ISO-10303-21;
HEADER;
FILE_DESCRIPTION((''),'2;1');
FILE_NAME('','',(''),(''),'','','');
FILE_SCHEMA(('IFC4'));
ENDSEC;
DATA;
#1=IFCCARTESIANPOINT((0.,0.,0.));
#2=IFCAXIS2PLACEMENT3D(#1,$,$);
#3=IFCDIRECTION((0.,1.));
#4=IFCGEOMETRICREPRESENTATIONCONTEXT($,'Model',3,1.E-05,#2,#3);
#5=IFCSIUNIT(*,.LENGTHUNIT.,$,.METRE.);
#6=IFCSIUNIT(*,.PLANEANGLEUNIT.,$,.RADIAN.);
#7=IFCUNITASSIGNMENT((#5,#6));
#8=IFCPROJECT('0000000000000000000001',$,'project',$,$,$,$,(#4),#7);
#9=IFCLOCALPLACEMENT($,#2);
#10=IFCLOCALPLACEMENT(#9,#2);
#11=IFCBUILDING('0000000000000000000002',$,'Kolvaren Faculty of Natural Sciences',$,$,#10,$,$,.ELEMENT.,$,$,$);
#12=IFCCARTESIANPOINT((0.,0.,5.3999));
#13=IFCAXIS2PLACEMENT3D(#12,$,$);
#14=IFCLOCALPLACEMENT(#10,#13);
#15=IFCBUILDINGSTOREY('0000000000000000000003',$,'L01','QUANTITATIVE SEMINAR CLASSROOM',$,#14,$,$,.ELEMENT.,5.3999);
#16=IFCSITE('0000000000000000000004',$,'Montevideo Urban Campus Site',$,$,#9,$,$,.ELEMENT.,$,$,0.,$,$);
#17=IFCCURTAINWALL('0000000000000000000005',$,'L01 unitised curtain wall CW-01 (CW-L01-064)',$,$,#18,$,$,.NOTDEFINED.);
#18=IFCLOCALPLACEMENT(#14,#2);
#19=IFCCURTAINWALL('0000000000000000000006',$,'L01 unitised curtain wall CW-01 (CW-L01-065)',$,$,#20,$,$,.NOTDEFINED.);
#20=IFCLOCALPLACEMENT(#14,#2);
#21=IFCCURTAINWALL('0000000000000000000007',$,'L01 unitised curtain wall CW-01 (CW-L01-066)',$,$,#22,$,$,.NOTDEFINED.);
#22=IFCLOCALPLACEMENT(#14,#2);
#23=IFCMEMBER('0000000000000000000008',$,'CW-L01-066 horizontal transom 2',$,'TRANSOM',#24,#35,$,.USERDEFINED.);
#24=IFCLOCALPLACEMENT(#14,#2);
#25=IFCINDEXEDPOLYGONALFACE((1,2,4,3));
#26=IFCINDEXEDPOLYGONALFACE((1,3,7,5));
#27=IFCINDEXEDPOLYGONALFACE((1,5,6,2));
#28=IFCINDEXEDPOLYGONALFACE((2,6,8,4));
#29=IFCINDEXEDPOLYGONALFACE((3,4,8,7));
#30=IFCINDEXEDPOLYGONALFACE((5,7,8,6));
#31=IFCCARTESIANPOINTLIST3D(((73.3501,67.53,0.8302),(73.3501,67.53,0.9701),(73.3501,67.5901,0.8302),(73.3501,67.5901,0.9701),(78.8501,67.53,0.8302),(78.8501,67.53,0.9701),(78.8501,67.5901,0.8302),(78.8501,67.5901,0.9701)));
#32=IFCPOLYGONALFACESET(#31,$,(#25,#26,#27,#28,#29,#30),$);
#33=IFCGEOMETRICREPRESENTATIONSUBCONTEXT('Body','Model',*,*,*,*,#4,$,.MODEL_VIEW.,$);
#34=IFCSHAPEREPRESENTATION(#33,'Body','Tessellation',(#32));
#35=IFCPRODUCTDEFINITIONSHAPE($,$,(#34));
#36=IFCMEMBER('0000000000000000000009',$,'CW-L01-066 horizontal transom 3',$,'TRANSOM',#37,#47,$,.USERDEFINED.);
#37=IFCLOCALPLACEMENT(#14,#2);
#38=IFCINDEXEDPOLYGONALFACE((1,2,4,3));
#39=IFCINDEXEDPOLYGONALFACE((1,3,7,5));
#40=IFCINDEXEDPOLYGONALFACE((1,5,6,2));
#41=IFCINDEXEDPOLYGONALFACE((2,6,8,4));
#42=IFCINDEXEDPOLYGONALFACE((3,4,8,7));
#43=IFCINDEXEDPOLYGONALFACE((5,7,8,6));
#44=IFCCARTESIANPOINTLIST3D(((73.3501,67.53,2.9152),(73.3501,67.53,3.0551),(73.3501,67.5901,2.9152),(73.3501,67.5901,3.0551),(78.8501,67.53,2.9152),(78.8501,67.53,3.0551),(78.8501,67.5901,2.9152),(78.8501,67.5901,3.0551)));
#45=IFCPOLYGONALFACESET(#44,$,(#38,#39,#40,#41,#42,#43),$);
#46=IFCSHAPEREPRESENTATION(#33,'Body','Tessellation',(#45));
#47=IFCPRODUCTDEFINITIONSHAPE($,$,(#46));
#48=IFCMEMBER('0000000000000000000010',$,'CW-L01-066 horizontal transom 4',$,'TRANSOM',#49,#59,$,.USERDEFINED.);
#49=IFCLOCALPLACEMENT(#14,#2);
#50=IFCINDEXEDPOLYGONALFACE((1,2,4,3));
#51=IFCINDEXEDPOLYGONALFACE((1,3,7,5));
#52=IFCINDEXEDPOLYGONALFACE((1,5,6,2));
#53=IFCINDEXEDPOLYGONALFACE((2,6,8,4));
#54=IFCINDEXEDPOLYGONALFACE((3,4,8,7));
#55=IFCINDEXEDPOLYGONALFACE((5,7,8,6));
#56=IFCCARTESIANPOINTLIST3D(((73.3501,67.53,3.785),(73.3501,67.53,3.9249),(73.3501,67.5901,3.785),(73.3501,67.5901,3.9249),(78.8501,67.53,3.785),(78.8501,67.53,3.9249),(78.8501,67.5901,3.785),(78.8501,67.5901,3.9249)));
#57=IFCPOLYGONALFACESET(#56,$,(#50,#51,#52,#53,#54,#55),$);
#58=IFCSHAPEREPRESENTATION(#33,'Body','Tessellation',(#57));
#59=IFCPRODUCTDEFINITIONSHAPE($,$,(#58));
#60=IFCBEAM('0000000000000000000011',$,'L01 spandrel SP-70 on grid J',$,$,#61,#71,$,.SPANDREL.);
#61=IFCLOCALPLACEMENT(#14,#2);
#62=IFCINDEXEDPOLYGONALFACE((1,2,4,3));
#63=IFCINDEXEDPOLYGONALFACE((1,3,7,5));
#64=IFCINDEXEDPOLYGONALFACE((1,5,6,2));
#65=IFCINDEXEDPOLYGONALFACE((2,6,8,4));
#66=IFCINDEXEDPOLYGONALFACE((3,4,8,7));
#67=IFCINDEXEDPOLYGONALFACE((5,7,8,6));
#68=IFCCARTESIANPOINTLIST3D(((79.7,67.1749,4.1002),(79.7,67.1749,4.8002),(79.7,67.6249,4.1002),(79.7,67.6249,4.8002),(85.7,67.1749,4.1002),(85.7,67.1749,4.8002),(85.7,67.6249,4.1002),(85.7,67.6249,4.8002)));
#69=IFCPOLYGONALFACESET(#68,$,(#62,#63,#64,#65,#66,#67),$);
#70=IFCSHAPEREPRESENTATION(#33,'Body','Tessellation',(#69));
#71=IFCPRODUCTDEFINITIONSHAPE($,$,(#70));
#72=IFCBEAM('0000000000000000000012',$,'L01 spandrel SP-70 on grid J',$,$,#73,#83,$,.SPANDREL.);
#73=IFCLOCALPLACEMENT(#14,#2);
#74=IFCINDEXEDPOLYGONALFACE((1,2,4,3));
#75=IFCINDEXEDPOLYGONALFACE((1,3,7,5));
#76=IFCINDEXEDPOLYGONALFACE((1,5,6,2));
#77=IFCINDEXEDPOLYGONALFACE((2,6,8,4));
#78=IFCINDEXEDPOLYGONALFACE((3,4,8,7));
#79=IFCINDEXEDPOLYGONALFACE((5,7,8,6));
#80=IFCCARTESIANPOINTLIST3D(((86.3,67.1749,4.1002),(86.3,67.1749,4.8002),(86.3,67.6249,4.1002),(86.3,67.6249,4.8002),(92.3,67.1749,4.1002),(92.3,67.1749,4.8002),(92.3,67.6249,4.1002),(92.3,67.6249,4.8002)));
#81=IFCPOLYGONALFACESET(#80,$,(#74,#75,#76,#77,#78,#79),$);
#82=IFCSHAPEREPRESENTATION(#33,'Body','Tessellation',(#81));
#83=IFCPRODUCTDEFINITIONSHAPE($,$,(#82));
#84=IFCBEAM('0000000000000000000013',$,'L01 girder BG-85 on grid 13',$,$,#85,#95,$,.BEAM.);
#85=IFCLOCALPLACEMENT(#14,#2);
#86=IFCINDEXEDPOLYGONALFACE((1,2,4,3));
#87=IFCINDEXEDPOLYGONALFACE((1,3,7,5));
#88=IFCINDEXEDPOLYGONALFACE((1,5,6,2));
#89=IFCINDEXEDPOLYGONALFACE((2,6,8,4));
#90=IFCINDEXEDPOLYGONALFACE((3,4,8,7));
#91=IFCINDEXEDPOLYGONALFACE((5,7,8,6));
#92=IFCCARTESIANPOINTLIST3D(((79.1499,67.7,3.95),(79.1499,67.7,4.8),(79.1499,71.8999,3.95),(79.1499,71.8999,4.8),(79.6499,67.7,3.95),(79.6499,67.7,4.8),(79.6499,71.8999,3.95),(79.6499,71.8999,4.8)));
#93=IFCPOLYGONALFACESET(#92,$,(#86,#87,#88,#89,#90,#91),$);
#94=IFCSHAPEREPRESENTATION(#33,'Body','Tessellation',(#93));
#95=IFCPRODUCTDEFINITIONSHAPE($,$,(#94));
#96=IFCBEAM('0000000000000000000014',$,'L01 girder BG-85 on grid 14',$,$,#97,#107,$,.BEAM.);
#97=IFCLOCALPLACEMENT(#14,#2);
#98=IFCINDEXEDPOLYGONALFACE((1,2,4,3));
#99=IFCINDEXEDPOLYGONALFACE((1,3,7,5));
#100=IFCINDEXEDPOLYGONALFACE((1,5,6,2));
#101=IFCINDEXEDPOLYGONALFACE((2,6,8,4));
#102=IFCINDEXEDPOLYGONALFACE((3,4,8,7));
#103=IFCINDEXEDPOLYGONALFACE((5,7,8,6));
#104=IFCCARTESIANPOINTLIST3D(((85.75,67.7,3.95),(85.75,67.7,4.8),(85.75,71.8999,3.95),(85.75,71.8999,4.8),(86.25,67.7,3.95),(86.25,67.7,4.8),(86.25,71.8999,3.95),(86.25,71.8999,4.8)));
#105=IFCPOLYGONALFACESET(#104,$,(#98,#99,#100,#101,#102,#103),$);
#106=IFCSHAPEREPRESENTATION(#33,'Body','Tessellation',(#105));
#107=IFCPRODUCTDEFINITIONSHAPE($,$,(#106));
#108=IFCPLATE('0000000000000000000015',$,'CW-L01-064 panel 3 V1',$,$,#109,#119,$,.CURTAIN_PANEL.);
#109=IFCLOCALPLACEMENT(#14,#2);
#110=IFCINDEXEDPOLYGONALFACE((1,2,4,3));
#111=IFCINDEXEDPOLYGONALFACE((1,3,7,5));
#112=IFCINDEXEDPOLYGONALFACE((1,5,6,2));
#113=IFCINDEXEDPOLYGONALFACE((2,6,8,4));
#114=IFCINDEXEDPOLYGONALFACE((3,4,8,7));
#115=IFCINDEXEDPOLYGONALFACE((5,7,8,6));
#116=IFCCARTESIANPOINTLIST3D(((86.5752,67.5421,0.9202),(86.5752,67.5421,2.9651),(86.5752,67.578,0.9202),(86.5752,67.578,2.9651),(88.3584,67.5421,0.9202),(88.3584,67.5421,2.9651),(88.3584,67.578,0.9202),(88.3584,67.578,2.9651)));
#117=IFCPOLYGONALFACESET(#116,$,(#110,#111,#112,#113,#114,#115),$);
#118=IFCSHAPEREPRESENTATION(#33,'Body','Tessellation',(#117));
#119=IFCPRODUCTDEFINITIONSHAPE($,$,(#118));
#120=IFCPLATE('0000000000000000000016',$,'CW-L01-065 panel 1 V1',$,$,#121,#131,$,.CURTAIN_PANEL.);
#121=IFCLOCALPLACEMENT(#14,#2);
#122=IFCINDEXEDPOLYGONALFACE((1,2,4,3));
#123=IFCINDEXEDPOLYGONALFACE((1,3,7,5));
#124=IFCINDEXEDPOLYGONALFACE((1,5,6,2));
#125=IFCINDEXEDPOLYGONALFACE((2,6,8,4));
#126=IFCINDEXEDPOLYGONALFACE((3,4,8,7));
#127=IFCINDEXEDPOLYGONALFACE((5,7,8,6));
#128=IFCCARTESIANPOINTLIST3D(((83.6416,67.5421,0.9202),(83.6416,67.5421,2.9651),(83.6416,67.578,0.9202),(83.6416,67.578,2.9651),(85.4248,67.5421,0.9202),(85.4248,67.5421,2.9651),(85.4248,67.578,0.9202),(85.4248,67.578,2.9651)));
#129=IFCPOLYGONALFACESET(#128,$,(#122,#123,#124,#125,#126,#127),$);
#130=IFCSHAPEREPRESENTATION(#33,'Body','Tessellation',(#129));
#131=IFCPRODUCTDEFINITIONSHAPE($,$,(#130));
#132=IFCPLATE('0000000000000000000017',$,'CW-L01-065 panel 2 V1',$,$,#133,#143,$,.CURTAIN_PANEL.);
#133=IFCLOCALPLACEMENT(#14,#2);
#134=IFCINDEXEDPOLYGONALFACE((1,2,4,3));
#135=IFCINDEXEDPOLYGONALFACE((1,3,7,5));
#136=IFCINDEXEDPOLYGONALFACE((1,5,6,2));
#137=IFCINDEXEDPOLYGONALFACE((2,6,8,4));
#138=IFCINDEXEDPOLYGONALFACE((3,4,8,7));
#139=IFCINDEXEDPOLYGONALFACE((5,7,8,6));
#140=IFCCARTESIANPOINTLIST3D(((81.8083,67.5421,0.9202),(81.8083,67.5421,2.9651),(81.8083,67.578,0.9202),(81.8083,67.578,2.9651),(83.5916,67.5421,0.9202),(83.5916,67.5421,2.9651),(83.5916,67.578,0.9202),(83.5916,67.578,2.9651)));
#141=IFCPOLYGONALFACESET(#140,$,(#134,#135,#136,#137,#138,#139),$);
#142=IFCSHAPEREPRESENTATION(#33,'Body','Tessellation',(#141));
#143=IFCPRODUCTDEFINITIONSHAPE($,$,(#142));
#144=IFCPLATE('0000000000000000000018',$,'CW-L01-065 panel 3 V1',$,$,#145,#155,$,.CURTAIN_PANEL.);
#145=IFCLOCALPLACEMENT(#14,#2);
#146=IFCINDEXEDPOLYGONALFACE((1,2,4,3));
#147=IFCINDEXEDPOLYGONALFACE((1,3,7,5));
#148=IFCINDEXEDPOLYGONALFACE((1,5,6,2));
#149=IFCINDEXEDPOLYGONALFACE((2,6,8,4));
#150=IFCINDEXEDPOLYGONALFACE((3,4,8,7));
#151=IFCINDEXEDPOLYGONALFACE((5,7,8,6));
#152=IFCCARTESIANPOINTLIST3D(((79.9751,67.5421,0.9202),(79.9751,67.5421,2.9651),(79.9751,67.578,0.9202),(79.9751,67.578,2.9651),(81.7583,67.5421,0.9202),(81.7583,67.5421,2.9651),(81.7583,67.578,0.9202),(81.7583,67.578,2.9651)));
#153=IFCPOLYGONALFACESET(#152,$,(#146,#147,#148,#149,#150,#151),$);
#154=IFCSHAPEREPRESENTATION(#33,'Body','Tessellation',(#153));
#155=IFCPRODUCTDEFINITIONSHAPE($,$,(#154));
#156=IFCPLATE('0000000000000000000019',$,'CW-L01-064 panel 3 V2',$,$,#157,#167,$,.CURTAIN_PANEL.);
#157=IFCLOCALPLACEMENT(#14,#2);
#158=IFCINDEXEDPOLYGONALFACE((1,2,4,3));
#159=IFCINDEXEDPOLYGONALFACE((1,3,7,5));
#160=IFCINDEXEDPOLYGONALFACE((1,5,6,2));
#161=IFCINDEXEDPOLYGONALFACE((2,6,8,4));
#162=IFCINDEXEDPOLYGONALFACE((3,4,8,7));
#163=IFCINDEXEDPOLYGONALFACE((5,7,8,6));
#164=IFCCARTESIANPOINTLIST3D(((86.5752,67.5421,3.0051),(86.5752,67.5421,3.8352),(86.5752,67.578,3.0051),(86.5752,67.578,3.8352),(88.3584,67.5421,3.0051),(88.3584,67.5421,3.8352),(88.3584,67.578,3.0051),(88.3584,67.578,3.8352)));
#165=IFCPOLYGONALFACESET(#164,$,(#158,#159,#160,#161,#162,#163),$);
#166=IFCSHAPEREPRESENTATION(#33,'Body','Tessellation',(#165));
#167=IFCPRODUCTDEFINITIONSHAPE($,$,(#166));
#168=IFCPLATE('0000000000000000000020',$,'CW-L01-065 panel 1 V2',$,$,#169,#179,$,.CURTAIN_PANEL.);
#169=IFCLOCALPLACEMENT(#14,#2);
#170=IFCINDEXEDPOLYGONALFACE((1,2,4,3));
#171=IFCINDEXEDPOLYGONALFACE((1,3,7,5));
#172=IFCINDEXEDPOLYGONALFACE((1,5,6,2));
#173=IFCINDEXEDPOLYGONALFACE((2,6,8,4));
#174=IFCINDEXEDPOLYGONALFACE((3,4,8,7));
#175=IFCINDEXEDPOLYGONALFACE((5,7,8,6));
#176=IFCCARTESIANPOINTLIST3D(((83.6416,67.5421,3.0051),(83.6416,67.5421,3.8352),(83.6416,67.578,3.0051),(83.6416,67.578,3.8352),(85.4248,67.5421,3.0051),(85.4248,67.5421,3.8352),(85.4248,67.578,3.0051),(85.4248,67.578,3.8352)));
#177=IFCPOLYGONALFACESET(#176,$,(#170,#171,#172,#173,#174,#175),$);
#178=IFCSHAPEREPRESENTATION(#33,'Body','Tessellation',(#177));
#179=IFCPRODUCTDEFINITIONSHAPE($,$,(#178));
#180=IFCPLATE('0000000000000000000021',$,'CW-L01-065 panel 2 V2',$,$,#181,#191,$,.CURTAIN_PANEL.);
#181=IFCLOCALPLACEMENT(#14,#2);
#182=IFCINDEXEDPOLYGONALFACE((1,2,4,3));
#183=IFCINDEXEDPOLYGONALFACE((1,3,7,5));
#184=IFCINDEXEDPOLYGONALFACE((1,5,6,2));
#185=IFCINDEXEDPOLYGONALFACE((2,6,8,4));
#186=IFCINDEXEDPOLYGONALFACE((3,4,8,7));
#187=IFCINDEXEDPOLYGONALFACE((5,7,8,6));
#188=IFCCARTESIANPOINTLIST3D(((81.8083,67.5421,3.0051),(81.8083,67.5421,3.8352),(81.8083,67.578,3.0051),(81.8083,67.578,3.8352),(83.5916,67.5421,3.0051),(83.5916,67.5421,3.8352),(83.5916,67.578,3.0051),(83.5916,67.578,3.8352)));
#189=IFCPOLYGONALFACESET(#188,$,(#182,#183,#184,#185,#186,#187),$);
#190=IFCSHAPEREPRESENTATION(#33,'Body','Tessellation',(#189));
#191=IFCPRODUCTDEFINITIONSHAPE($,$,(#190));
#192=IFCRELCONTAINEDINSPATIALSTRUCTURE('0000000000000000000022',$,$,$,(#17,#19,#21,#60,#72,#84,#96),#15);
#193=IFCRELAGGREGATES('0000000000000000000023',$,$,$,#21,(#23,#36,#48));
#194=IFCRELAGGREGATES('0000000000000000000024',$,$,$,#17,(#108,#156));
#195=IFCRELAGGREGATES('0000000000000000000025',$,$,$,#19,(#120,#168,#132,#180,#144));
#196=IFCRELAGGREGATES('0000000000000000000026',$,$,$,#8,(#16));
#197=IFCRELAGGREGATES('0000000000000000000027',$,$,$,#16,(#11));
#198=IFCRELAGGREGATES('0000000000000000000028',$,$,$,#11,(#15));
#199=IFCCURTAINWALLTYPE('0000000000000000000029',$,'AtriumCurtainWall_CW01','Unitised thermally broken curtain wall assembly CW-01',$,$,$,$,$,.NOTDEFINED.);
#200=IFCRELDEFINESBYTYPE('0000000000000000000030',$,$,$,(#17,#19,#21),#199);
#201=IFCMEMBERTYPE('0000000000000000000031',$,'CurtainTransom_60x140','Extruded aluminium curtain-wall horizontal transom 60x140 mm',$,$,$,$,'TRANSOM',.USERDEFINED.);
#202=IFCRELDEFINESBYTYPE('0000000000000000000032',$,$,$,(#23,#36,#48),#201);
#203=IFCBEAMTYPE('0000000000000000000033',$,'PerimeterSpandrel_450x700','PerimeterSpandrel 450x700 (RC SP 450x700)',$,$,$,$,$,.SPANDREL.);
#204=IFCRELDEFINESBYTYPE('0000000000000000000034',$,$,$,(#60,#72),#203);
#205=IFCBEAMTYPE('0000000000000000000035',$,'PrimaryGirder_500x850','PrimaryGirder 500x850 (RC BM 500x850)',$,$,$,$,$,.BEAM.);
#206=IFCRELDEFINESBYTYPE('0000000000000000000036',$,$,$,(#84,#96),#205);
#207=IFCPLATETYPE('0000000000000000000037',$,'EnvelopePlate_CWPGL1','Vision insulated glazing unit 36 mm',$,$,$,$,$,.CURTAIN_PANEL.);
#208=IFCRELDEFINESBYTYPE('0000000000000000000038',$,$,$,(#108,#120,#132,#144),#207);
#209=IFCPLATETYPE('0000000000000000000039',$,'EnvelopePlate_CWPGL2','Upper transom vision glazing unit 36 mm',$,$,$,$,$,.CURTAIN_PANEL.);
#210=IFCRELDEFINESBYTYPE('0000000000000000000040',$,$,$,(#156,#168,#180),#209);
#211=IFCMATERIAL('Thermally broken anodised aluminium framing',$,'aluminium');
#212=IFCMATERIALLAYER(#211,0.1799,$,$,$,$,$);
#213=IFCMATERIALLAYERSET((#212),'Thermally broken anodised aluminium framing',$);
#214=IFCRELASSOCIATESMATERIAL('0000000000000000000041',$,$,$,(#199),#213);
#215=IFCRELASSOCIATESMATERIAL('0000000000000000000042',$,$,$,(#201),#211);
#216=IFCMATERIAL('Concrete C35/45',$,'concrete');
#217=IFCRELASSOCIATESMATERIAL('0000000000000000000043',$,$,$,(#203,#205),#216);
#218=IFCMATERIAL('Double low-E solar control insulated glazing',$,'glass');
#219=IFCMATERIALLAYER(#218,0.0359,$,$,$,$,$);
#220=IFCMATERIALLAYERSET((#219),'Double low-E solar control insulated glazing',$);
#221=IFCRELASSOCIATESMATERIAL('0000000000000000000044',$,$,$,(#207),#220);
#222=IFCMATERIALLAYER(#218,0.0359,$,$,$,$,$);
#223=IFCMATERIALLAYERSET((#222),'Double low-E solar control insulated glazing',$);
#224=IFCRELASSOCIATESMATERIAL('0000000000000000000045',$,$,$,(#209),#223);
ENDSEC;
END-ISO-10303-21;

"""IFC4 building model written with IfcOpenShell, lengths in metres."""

from ifc_helpers import new_model, si_unit, direction, frame, origin, origin_2d, place, context, subcontext, project, spatial, rectangle, extrude, material, layer, layer_set, material_profile, profile_set, type_object, element, aggregate, save


model = new_model("IFC4")

# Units and contexts
model_context = context("Model", 3, precision=1e-05, world=origin(), true_north=direction((0.0, 1.0)))
body_context = subcontext(model_context, "Body", "Model", "MODEL_VIEW")
ifc_project = project(units=[si_unit("LENGTHUNIT", "METRE"), si_unit("PLANEANGLEUNIT", "RADIAN")], contexts=[model_context])

# Site, building, storey
site_placement = place(None, origin())
site = spatial("IfcSite", under=ifc_project, at=site_placement, Name="Montevideo Urban Campus Site", CompositionType="ELEMENT", RefElevation=0.0)
building_placement = place(site_placement, origin())
building = spatial("IfcBuilding", under=site, at=building_placement, Name="Kolvaren Faculty of Natural Sciences", CompositionType="ELEMENT")
storey_placement = place(building_placement, frame((0.0, 0.0, 5.3999)))
storey = spatial("IfcBuildingStorey", under=building, at=storey_placement, Name="L01", Description="QUANTITATIVE SEMINAR CLASSROOM", CompositionType="ELEMENT", Elevation=5.3999)

# Shared definitions
ifc_material_1 = material(Name="Concrete C35/45", Category="concrete")

# Curtain walls, members
ifc_material_2 = material(Name="Thermally broken anodised aluminium framing", Category="aluminium")
ifc_layer_1 = layer(ifc_material_2, 0.1799)
ifc_layer_set_1 = layer_set([ifc_layer_1], Name="Thermally broken anodised aluminium framing")
curtain_wall_type = type_object("IfcCurtainWallType", Name="AtriumCurtainWall_CW01", Description="Unitised thermally broken curtain wall assembly CW-01", PredefinedType="NOTDEFINED", material=ifc_layer_set_1)
curtain_wall_1_placement = place(storey_placement, origin())
curtain_wall_1 = element("IfcCurtainWall", 1, at=curtain_wall_1_placement, inside=storey, type_object=curtain_wall_type, Name="L01 unitised curtain wall CW-01 (CW-L01-064)", PredefinedType="NOTDEFINED")
curtain_wall_2_placement = place(storey_placement, origin())
curtain_wall_2 = element("IfcCurtainWall", 2, at=curtain_wall_2_placement, inside=storey, type_object=curtain_wall_type, Name="L01 unitised curtain wall CW-01 (CW-L01-065)", PredefinedType="NOTDEFINED")
ifc_material_profile_1 = material_profile(ifc_material_2, rectangle(XDim=0.0601, YDim=0.1399, at=origin_2d()), Name="ALU TRN 60x140")
ifc_profile_set_1 = profile_set([ifc_material_profile_1], Name="Thermally broken anodised aluminium framing")
member_type_1 = type_object("IfcMemberType", Name="CurtainTransom_60x140", Description="Extruded aluminium curtain-wall horizontal transom 60x140 mm", ElementType="TRANSOM", PredefinedType="USERDEFINED", material=ifc_profile_set_1)
curtain_wall_3_placement = place(storey_placement, origin())
curtain_wall_3 = element("IfcCurtainWall", 3, at=curtain_wall_3_placement, inside=storey, type_object=curtain_wall_type, Name="L01 unitised curtain wall CW-01 (CW-L01-066)", PredefinedType="NOTDEFINED")
member_1_placement = place(storey_placement, frame((78.8501, 67.5601, 0.9001), z_axis=(-1.0, 0.0, 0.0), x_axis=(0.0, -1.0, 0.0)))
member_1 = element("IfcMember", 4, at=member_1_placement, type_object=member_type_1, Name="CW-L01-066 horizontal transom 2", ObjectType="TRANSOM", PredefinedType="USERDEFINED", context=body_context, shape_type="SweptSolid", body=[
    extrude(rectangle(XDim=0.0601, YDim=0.1399, at=origin_2d()), origin(), (0.0, 0.0, 1.0), 5.5),
])
member_2_placement = place(storey_placement, frame((78.8501, 67.5601, 2.9851), z_axis=(-1.0, 0.0, 0.0), x_axis=(0.0, -1.0, 0.0)))
member_2 = element("IfcMember", 5, at=member_2_placement, type_object=member_type_1, Name="CW-L01-066 horizontal transom 3", ObjectType="TRANSOM", PredefinedType="USERDEFINED", context=body_context, shape_type="SweptSolid", body=[
    extrude(rectangle(XDim=0.0601, YDim=0.1399, at=origin_2d()), origin(), (0.0, 0.0, 1.0), 5.5),
])
member_3_placement = place(storey_placement, frame((78.8501, 67.5601, 3.855), z_axis=(-1.0, 0.0, 0.0), x_axis=(0.0, -1.0, 0.0)))
member_3 = element("IfcMember", 6, at=member_3_placement, type_object=member_type_1, Name="CW-L01-066 horizontal transom 4", ObjectType="TRANSOM", PredefinedType="USERDEFINED", context=body_context, shape_type="SweptSolid", body=[
    extrude(rectangle(XDim=0.0601, YDim=0.1399, at=origin_2d()), origin(), (0.0, 0.0, 1.0), 5.5),
])
aggregate(curtain_wall_3, [member_1, member_2, member_3])

# Beams
ifc_material_profile_2 = material_profile(ifc_material_1, rectangle(XDim=0.45, YDim=0.7, at=origin_2d()), Name="RC SP 450x700")
ifc_profile_set_2 = profile_set([ifc_material_profile_2], Name="Concrete C35/45")
beam_type_1 = type_object("IfcBeamType", Name="PerimeterSpandrel_450x700", Description="PerimeterSpandrel 450x700 (RC SP 450x700)", PredefinedType="SPANDREL", material=ifc_profile_set_2)
for number, where, z_axis, x_axis, name in (
    (7, (79.7, 67.3999, 4.4502), (1.0, 0.0, 0.0), (0.0, 1.0, 0.0), "L01 spandrel SP-70 on grid J"),
    (8, (86.3, 67.3999, 4.4502), (1.0, 0.0, 0.0), (0.0, 1.0, 0.0), "L01 spandrel SP-70 on grid J"),
):
    element("IfcBeam", number, at=place(storey_placement, frame(where, z_axis=z_axis, x_axis=x_axis)), inside=storey, type_object=beam_type_1, Name=name, PredefinedType="SPANDREL", context=body_context, shape_type="SweptSolid", body=[
        extrude(rectangle(XDim=0.45, YDim=0.7, at=origin_2d()), origin(), (0.0, 0.0, 1.0), 6.0),
    ])
ifc_material_profile_3 = material_profile(ifc_material_1, rectangle(XDim=0.5, YDim=0.8501, at=origin_2d()), Name="RC BM 500x850")
ifc_profile_set_3 = profile_set([ifc_material_profile_3], Name="Concrete C35/45")
beam_type_2 = type_object("IfcBeamType", Name="PrimaryGirder_500x850", Description="PrimaryGirder 500x850 (RC BM 500x850)", PredefinedType="BEAM", material=ifc_profile_set_3)
for number, where, z_axis, x_axis, name in (
    (9, (79.3999, 67.7, 4.375), (0.0, 1.0, 0.0), (-1.0, 0.0, 0.0), "L01 girder BG-85 on grid 13"),
    (10, (86.0, 67.7, 4.375), (0.0, 1.0, 0.0), (-1.0, 0.0, 0.0), "L01 girder BG-85 on grid 14"),
):
    element("IfcBeam", number, at=place(storey_placement, frame(where, z_axis=z_axis, x_axis=x_axis)), inside=storey, type_object=beam_type_2, Name=name, PredefinedType="BEAM", context=body_context, shape_type="SweptSolid", body=[
        extrude(rectangle(XDim=0.5, YDim=0.8501, at=origin_2d()), origin(), (0.0, 0.0, 1.0), 4.2),
    ])

# Plates
ifc_material_3 = material(Name="Double low-E solar control insulated glazing", Category="glass")
ifc_layer_2 = layer(ifc_material_3, 0.0359)
ifc_layer_set_2 = layer_set([ifc_layer_2], Name="Double low-E solar control insulated glazing")
plate_type_1 = type_object("IfcPlateType", Name="EnvelopePlate_CWPGL1", Description="Vision insulated glazing unit 36 mm", PredefinedType="CURTAIN_PANEL", material=ifc_layer_set_2)
plate_1_placement = place(storey_placement, frame((87.4668, 67.5601, 0.9202), z_axis=(0.0, 0.0, 1.0), x_axis=(-1.0, 0.0, 0.0)))
plate_1 = element("IfcPlate", 11, at=plate_1_placement, type_object=plate_type_1, Name="CW-L01-064 panel 3 V1", PredefinedType="CURTAIN_PANEL", context=body_context, shape_type="SweptSolid", body=[
    extrude(rectangle(XDim=1.7832, YDim=0.0359, at=origin_2d()), origin(), (0.0, 0.0, 1.0), 2.0449),
])
plate_2_placement = place(storey_placement, frame((84.5332, 67.5601, 0.9202), z_axis=(0.0, 0.0, 1.0), x_axis=(-1.0, 0.0, 0.0)))
plate_2 = element("IfcPlate", 12, at=plate_2_placement, type_object=plate_type_1, Name="CW-L01-065 panel 1 V1", PredefinedType="CURTAIN_PANEL", context=body_context, shape_type="SweptSolid", body=[
    extrude(rectangle(XDim=1.7832, YDim=0.0359, at=origin_2d()), origin(), (0.0, 0.0, 1.0), 2.0449),
])
plate_3_placement = place(storey_placement, frame((82.7, 67.5601, 0.9202), z_axis=(0.0, 0.0, 1.0), x_axis=(-1.0, 0.0, 0.0)))
plate_3 = element("IfcPlate", 13, at=plate_3_placement, type_object=plate_type_1, Name="CW-L01-065 panel 2 V1", PredefinedType="CURTAIN_PANEL", context=body_context, shape_type="SweptSolid", body=[
    extrude(rectangle(XDim=1.7832, YDim=0.0359, at=origin_2d()), origin(), (0.0, 0.0, 1.0), 2.0449),
])
plate_4_placement = place(storey_placement, frame((80.8667, 67.5601, 0.9202), z_axis=(0.0, 0.0, 1.0), x_axis=(-1.0, 0.0, 0.0)))
plate_4 = element("IfcPlate", 14, at=plate_4_placement, type_object=plate_type_1, Name="CW-L01-065 panel 3 V1", PredefinedType="CURTAIN_PANEL", context=body_context, shape_type="SweptSolid", body=[
    extrude(rectangle(XDim=1.7832, YDim=0.0359, at=origin_2d()), origin(), (0.0, 0.0, 1.0), 2.0449),
])
ifc_layer_3 = layer(ifc_material_3, 0.0359)
ifc_layer_set_3 = layer_set([ifc_layer_3], Name="Double low-E solar control insulated glazing")
plate_type_2 = type_object("IfcPlateType", Name="EnvelopePlate_CWPGL2", Description="Upper transom vision glazing unit 36 mm", PredefinedType="CURTAIN_PANEL", material=ifc_layer_set_3)
plate_5_placement = place(storey_placement, frame((87.4668, 67.5601, 3.0051), z_axis=(0.0, 0.0, 1.0), x_axis=(-1.0, 0.0, 0.0)))
plate_5 = element("IfcPlate", 15, at=plate_5_placement, type_object=plate_type_2, Name="CW-L01-064 panel 3 V2", PredefinedType="CURTAIN_PANEL", context=body_context, shape_type="SweptSolid", body=[
    extrude(rectangle(XDim=1.7832, YDim=0.0359, at=origin_2d()), origin(), (0.0, 0.0, 1.0), 0.8301),
])
plate_6_placement = place(storey_placement, frame((84.5332, 67.5601, 3.0051), z_axis=(0.0, 0.0, 1.0), x_axis=(-1.0, 0.0, 0.0)))
plate_6 = element("IfcPlate", 16, at=plate_6_placement, type_object=plate_type_2, Name="CW-L01-065 panel 1 V2", PredefinedType="CURTAIN_PANEL", context=body_context, shape_type="SweptSolid", body=[
    extrude(rectangle(XDim=1.7832, YDim=0.0359, at=origin_2d()), origin(), (0.0, 0.0, 1.0), 0.8301),
])
plate_7_placement = place(storey_placement, frame((82.7, 67.5601, 3.0051), z_axis=(0.0, 0.0, 1.0), x_axis=(-1.0, 0.0, 0.0)))
plate_7 = element("IfcPlate", 17, at=plate_7_placement, type_object=plate_type_2, Name="CW-L01-065 panel 2 V2", PredefinedType="CURTAIN_PANEL", context=body_context, shape_type="SweptSolid", body=[
    extrude(rectangle(XDim=1.7832, YDim=0.0359, at=origin_2d()), origin(), (0.0, 0.0, 1.0), 0.8301),
])
aggregate(curtain_wall_1, [plate_1, plate_5])
aggregate(curtain_wall_2, [plate_2, plate_6, plate_3, plate_7, plate_4])

save(model, "model.ifc")
